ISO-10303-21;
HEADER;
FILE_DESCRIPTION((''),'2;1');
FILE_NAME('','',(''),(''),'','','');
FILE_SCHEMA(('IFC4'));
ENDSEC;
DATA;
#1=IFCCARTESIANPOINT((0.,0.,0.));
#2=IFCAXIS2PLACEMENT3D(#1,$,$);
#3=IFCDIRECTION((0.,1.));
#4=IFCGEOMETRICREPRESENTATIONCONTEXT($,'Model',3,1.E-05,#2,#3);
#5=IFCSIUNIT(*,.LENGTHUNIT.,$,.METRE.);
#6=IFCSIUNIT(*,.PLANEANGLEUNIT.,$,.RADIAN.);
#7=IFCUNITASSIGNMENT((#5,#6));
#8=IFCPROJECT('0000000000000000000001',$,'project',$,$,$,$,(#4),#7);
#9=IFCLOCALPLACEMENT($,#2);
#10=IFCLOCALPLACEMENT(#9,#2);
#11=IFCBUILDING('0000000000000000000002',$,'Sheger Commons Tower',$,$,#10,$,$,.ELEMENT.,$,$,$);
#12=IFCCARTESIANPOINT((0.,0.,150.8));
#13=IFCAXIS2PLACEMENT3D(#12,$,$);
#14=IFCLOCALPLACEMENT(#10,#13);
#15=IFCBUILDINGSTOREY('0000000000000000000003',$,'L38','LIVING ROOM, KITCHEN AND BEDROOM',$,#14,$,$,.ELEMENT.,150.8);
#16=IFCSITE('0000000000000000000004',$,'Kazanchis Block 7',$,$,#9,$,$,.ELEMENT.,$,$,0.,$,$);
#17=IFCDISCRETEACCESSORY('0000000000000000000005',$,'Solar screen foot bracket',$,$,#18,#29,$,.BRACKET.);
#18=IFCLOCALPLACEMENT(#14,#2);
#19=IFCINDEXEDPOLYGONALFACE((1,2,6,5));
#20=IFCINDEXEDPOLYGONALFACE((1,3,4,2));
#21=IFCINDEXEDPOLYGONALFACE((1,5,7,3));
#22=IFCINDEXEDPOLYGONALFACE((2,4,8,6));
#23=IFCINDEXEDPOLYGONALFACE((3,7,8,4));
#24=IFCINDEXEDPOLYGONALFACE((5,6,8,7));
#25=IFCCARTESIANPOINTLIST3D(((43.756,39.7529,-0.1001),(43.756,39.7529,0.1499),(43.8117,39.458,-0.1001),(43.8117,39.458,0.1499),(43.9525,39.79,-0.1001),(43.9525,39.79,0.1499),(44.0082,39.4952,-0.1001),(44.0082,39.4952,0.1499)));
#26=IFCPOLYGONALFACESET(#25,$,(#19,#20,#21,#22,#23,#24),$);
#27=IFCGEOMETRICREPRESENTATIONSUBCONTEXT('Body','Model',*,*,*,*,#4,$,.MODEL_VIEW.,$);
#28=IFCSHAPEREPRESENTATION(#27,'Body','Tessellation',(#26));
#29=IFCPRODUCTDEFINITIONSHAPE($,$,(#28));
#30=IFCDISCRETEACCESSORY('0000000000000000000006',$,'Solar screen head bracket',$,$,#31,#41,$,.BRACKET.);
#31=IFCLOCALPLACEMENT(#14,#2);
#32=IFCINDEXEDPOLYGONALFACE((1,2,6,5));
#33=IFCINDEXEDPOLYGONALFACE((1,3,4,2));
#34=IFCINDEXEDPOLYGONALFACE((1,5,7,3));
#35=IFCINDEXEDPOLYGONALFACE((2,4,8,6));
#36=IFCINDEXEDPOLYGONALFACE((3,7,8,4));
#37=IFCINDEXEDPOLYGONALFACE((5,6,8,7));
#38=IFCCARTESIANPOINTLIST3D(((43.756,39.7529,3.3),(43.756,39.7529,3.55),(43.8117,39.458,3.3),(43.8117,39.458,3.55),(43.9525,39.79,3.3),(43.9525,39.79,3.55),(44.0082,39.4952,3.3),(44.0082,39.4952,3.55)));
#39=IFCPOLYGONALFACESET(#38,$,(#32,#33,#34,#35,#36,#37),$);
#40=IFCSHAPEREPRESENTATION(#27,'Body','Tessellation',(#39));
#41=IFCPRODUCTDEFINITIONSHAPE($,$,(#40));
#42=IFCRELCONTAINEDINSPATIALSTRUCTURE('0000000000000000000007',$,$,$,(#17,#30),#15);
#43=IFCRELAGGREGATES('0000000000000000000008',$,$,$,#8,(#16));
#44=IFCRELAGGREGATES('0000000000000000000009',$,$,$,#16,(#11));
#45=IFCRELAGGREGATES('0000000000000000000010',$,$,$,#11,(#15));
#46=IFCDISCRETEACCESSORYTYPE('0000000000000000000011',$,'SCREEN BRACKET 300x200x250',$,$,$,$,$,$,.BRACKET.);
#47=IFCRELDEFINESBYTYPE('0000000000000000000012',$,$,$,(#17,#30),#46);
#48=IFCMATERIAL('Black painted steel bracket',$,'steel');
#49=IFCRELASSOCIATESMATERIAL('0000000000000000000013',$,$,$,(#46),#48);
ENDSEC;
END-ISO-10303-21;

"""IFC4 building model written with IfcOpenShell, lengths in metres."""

from ifc_helpers import new_model, si_unit, direction, frame, origin, origin_2d, place, context, subcontext, project, spatial, rectangle, extrude, material, type_object, element, save


model = new_model("IFC4")

# Units and contexts
model_context = context("Model", 3, precision=1e-05, world=origin(), true_north=direction((0.0, 1.0)))
body_context = subcontext(model_context, "Body", "Model", "MODEL_VIEW")
ifc_project = project(units=[si_unit("LENGTHUNIT", "METRE"), si_unit("PLANEANGLEUNIT", "RADIAN")], contexts=[model_context])

# Site, building, storey
site_placement = place(None, origin())
site = spatial("IfcSite", under=ifc_project, at=site_placement, Name="Kazanchis Block 7", CompositionType="ELEMENT", RefElevation=0.0)
building_placement = place(site_placement, origin())
building = spatial("IfcBuilding", under=site, at=building_placement, Name="Sheger Commons Tower", CompositionType="ELEMENT")
storey_placement = place(building_placement, frame((0.0, 0.0, 150.8)))
storey = spatial("IfcBuildingStorey", under=building, at=storey_placement, Name="L38", Description="LIVING ROOM, KITCHEN AND BEDROOM", CompositionType="ELEMENT", Elevation=150.8)

# Discrete accessories
ifc_material_1 = material(Name="Black painted steel bracket", Category="steel")
discrete_accessory_type = type_object("IfcDiscreteAccessoryType", Name="SCREEN BRACKET 300x200x250", PredefinedType="BRACKET", material=ifc_material_1)
for number, where, z_axis, x_axis, name in (
    (1, (43.8821, 39.624, -0.1001), (0.0, 0.0, 1.0), (-0.185615, 0.982623, 0.0), "Solar screen foot bracket"),
    (2, (43.8821, 39.624, 3.3), (0.0, 0.0, 1.0), (-0.185615, 0.982623, 0.0), "Solar screen head bracket"),
):
    element("IfcDiscreteAccessory", number, at=place(storey_placement, frame(where, z_axis=z_axis, x_axis=x_axis)), inside=storey, type_object=discrete_accessory_type, Name=name, PredefinedType="BRACKET", context=body_context, shape_type="SweptSolid", body=[
        extrude(rectangle(XDim=0.3, YDim=0.2, at=origin_2d()), origin(), (0.0, 0.0, 1.0), 0.25),
    ])

save(model, "model.ifc")
